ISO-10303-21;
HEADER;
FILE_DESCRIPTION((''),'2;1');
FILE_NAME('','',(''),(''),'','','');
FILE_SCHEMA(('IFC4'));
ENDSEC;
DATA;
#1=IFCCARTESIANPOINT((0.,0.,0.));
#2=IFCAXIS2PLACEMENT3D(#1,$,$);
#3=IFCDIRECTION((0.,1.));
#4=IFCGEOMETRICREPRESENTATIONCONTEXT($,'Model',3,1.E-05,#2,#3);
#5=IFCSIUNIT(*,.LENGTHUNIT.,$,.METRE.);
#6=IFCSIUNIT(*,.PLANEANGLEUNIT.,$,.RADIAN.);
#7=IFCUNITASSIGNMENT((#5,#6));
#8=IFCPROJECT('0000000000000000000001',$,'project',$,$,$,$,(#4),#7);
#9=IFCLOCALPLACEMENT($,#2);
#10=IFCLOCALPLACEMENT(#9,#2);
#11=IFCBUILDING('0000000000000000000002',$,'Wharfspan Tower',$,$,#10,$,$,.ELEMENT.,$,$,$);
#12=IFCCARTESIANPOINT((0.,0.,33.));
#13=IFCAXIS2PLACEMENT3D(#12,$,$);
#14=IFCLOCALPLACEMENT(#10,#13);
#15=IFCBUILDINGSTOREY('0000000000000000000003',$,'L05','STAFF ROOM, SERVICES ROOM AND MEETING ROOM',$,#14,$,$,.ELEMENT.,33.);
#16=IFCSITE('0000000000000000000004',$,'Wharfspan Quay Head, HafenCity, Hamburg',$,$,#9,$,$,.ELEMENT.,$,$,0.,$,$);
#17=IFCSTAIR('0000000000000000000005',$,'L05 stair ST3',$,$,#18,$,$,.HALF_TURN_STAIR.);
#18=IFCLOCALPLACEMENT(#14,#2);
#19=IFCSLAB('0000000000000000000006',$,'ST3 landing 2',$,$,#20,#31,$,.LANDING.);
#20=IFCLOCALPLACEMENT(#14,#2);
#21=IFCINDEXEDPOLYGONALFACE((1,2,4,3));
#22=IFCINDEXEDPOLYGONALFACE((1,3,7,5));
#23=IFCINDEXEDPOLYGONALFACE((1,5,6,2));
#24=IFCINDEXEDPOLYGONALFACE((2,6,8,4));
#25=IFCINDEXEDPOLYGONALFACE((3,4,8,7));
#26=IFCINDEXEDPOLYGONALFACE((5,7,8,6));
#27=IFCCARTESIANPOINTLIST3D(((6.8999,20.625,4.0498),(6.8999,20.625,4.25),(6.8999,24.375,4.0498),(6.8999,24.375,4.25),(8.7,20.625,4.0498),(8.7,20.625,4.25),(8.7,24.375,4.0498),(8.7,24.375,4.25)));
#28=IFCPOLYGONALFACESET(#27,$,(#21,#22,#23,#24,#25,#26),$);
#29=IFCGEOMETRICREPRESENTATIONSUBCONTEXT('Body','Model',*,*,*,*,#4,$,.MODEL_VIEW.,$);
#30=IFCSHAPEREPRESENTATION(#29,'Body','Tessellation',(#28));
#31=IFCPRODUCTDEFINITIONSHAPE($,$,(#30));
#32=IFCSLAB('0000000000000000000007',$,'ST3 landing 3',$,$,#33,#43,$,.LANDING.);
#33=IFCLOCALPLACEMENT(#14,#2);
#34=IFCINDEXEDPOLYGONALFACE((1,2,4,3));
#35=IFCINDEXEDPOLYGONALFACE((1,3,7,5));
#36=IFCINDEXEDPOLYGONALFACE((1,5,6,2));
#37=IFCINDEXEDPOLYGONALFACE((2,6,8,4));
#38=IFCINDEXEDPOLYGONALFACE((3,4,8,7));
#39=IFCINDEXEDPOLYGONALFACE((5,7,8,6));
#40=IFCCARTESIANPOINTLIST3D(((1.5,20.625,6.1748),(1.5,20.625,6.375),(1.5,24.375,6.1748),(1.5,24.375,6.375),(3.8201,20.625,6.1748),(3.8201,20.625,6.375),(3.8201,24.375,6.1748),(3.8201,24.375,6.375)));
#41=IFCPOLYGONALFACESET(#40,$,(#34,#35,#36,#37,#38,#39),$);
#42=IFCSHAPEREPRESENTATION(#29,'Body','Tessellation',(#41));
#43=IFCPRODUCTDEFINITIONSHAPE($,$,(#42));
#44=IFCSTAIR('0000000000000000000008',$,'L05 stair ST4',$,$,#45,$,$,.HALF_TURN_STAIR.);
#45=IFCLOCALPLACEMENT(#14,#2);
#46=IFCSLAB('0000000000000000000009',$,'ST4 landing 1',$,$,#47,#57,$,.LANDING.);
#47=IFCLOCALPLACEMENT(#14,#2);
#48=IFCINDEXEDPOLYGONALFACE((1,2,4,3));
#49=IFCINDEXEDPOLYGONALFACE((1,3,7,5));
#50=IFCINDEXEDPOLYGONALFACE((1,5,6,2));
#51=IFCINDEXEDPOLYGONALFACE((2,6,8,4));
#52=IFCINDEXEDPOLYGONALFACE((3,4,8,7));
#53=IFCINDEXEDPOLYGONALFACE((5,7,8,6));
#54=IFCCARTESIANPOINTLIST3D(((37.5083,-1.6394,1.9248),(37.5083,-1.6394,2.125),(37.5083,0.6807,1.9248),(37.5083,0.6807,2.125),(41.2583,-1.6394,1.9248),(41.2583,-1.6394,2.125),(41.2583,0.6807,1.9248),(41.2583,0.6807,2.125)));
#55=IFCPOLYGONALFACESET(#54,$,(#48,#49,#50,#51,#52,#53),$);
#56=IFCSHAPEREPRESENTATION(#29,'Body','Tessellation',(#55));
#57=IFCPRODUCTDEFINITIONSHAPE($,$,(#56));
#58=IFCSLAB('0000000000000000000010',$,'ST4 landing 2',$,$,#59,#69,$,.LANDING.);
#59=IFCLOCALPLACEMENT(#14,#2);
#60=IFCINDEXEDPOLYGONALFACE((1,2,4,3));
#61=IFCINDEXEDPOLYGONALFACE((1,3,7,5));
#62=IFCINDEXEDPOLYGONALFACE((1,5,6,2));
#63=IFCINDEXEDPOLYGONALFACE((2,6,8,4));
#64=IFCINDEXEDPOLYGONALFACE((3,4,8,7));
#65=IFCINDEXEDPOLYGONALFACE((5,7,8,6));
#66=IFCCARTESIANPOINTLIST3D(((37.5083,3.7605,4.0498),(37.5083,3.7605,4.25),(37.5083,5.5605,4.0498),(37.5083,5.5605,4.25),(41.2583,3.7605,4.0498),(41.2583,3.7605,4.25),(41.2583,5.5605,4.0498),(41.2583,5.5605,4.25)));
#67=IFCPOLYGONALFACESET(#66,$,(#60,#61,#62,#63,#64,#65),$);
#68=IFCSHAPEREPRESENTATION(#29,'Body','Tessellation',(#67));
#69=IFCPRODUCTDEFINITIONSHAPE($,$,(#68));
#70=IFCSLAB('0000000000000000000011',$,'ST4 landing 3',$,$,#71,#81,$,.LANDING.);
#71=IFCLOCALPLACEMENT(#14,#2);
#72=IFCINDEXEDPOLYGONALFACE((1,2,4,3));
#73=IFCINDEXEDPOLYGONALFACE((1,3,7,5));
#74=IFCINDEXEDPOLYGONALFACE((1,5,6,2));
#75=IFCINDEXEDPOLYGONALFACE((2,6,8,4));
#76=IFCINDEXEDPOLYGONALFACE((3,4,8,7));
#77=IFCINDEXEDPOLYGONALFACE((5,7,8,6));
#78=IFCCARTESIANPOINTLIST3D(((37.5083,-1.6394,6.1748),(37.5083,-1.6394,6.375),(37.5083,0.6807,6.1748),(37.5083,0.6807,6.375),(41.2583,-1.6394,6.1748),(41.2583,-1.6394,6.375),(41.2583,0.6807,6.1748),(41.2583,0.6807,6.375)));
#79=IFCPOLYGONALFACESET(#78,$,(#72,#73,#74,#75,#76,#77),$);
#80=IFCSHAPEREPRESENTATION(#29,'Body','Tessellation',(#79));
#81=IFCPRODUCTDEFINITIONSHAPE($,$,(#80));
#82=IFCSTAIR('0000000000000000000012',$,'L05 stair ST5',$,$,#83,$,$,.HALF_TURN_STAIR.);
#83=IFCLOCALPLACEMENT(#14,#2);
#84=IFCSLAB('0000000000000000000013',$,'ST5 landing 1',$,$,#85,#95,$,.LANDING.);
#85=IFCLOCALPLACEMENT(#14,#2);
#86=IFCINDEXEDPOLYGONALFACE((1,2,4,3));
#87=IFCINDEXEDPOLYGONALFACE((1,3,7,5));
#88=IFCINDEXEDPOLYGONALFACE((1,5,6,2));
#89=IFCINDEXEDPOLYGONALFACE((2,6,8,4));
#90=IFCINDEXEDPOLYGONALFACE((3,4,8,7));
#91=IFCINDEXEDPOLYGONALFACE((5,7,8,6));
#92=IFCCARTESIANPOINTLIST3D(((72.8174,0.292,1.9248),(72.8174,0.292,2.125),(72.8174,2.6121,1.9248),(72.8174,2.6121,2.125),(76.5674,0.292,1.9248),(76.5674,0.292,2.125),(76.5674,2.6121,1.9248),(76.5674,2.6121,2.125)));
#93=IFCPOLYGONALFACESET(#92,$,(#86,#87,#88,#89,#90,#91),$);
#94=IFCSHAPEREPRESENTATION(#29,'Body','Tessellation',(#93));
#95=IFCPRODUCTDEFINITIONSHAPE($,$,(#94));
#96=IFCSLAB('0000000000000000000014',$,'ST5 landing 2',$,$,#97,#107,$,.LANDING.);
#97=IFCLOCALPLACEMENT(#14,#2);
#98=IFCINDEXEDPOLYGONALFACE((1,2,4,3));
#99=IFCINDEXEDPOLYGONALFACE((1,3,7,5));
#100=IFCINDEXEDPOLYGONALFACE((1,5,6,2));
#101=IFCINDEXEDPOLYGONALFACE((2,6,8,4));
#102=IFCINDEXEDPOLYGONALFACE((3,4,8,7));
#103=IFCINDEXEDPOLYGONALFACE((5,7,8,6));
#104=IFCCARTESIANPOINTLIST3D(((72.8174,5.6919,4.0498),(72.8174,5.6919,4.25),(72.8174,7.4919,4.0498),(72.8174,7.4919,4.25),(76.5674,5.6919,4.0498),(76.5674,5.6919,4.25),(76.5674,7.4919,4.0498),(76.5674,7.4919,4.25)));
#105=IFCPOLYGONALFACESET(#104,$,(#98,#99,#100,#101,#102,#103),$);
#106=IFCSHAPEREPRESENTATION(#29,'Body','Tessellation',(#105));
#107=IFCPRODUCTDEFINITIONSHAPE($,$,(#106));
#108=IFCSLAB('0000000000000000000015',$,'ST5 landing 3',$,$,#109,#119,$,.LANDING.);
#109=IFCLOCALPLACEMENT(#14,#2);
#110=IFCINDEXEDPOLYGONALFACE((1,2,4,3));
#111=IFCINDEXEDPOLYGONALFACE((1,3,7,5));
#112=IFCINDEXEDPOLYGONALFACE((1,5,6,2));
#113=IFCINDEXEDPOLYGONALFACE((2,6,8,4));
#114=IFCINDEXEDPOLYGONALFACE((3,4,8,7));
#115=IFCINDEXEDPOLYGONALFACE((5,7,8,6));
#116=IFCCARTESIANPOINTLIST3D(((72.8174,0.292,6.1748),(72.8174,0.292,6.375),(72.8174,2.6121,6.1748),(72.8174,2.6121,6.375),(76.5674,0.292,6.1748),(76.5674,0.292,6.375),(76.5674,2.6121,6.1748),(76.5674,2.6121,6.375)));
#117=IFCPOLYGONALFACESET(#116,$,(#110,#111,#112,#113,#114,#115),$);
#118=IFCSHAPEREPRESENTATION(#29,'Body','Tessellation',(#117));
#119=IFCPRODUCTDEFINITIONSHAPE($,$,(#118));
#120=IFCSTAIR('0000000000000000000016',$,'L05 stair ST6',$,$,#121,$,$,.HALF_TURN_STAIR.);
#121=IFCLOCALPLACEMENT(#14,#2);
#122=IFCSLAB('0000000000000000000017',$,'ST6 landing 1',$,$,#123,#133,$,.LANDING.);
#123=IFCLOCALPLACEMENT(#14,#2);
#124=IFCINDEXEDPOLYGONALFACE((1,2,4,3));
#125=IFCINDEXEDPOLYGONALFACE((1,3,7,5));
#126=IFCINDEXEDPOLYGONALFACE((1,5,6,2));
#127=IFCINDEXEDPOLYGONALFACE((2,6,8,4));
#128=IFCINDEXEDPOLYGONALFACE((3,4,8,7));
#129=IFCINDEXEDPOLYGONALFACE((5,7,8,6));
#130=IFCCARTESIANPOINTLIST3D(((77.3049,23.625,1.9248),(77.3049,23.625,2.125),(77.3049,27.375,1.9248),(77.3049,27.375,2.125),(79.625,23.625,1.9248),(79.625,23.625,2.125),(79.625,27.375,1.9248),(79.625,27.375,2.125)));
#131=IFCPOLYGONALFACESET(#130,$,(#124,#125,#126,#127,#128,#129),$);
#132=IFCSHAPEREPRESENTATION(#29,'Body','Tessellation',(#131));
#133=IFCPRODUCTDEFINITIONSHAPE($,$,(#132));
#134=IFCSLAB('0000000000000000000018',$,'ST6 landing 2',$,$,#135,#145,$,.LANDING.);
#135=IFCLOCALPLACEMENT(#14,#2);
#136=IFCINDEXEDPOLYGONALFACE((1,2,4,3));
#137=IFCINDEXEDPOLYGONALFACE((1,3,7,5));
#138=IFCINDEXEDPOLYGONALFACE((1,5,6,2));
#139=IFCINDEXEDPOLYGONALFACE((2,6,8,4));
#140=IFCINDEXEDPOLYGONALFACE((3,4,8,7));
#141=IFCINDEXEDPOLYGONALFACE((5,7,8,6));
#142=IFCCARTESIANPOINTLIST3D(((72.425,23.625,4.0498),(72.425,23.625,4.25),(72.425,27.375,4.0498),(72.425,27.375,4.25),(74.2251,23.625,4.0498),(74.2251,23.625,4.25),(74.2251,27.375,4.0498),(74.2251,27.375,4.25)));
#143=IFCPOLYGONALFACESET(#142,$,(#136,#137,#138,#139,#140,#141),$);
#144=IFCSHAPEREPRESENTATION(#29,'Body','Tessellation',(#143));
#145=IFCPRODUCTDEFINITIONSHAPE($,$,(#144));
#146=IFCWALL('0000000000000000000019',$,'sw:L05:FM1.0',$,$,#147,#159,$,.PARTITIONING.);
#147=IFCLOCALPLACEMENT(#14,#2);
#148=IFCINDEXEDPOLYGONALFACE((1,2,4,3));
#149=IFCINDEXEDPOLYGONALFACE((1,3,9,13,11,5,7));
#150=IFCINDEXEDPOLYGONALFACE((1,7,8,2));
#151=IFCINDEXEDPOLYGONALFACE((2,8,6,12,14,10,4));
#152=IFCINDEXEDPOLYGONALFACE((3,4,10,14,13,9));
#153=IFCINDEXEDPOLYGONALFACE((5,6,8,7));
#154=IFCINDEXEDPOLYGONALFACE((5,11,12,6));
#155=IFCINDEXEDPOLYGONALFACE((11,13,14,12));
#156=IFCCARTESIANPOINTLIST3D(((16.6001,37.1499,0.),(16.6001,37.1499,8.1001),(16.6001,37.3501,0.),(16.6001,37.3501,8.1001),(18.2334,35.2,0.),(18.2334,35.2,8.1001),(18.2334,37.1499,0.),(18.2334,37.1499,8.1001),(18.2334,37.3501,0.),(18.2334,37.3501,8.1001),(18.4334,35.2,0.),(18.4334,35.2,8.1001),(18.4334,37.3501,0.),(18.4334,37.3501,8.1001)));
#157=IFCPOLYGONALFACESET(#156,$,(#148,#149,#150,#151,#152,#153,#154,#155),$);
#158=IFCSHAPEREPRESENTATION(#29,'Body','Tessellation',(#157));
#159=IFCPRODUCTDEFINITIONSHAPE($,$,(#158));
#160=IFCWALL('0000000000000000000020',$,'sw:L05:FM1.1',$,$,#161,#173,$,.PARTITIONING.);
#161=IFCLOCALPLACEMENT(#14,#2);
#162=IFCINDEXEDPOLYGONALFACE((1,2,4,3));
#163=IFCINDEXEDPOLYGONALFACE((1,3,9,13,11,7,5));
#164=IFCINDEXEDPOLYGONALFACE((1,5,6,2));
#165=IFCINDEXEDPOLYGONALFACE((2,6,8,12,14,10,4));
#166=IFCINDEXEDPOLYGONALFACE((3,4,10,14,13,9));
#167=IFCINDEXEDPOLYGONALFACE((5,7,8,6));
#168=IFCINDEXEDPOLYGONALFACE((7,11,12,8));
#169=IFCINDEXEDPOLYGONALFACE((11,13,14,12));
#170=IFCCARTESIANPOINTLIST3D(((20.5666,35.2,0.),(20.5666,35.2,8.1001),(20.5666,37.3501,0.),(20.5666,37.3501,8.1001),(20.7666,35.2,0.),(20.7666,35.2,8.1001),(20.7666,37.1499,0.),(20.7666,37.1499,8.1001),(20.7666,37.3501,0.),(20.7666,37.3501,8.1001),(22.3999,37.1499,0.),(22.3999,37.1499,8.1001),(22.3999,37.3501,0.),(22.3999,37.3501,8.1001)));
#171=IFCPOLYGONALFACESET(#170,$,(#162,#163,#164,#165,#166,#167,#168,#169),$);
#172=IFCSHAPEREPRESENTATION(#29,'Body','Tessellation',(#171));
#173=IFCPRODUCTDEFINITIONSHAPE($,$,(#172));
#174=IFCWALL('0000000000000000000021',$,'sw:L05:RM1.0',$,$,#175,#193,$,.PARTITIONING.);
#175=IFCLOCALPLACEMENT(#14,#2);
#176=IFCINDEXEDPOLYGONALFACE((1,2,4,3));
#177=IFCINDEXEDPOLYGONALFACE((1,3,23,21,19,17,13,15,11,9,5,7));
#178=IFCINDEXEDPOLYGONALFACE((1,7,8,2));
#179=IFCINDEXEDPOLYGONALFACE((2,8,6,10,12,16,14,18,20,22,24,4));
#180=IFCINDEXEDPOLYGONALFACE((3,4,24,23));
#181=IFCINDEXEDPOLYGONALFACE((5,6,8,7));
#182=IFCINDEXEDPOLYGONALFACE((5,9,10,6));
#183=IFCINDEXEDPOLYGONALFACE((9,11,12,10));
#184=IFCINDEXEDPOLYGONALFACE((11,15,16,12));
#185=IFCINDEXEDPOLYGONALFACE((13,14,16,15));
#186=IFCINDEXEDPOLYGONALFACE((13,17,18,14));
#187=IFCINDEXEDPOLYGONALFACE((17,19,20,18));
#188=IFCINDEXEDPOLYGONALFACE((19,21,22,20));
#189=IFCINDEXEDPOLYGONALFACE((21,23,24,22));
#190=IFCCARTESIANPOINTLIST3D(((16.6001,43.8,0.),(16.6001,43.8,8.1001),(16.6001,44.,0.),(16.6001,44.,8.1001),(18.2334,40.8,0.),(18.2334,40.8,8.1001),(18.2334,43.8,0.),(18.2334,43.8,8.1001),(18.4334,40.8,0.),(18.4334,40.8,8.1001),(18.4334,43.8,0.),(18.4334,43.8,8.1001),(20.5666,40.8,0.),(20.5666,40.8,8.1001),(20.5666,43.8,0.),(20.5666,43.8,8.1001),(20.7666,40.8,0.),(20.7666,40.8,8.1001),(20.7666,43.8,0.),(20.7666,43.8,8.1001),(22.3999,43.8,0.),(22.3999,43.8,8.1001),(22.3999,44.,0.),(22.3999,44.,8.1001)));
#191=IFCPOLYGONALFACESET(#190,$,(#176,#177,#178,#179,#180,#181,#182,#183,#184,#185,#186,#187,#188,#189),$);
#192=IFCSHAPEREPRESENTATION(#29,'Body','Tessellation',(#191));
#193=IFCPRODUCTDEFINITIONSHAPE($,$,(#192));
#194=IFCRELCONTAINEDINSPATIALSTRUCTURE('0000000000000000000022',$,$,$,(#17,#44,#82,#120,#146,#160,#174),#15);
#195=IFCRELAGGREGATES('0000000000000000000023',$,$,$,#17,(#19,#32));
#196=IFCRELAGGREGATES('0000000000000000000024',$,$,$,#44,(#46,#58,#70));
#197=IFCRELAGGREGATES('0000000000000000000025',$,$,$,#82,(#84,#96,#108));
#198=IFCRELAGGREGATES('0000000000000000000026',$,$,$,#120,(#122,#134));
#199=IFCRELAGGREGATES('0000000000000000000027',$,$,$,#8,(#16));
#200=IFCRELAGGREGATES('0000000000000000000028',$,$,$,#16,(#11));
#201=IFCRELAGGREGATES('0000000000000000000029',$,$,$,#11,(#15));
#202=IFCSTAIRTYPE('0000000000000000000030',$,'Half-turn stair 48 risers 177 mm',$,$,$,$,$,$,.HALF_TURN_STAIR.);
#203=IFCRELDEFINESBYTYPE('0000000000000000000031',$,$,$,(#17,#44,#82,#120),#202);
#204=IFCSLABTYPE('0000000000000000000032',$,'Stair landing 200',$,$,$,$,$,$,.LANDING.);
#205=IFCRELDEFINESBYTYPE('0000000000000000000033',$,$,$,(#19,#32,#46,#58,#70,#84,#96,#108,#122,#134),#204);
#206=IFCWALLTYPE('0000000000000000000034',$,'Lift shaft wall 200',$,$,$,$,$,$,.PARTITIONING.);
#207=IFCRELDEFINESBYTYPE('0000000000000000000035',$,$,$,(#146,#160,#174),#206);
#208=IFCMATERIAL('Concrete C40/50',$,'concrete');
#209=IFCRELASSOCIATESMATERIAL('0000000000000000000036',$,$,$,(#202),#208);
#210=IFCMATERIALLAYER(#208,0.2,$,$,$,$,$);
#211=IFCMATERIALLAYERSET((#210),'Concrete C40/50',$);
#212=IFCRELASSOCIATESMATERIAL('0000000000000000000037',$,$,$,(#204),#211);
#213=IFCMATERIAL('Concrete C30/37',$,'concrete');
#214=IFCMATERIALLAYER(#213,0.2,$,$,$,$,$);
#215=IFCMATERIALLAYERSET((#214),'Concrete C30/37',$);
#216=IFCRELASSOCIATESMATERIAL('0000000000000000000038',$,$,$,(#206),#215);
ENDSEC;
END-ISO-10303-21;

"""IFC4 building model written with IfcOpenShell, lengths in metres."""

from ifc_helpers import new_model, si_unit, direction, frame, origin, place, context, subcontext, project, spatial, polyline, outline, extrude, material, layer, layer_set, type_object, element, aggregate, save


model = new_model("IFC4")

# Units and contexts
model_context = context("Model", 3, precision=1e-05, world=origin(), true_north=direction((0.0, 1.0)))
body_context = subcontext(model_context, "Body", "Model", "MODEL_VIEW")
ifc_project = project(units=[si_unit("LENGTHUNIT", "METRE"), si_unit("PLANEANGLEUNIT", "RADIAN")], contexts=[model_context])

# Site, building, storey
site_placement = place(None, origin())
site = spatial("IfcSite", under=ifc_project, at=site_placement, Name="Wharfspan Quay Head, HafenCity, Hamburg", CompositionType="ELEMENT", RefElevation=0.0)
building_placement = place(site_placement, origin())
building = spatial("IfcBuilding", under=site, at=building_placement, Name="Wharfspan Tower", CompositionType="ELEMENT")
storey_placement = place(building_placement, frame((0.0, 0.0, 33.0)))
storey = spatial("IfcBuildingStorey", under=building, at=storey_placement, Name="L05", Description="STAFF ROOM, SERVICES ROOM AND MEETING ROOM", CompositionType="ELEMENT", Elevation=33.0)

# Stairs, slabs
ifc_material_1 = material(Name="Concrete C40/50", Category="concrete")
stair_type = type_object("IfcStairType", Name="Half-turn stair 48 risers 177 mm", PredefinedType="HALF_TURN_STAIR", material=ifc_material_1)
ifc_layer_1 = layer(ifc_material_1, 0.2)
ifc_layer_set_1 = layer_set([ifc_layer_1], Name="Concrete C40/50")
slab_type_1 = type_object("IfcSlabType", Name="Stair landing 200", PredefinedType="LANDING", material=ifc_layer_set_1)
stair_1_placement = place(storey_placement, origin())
stair_1 = element("IfcStair", 1, at=stair_1_placement, inside=storey, type_object=stair_type, Name="L05 stair ST3", PredefinedType="HALF_TURN_STAIR")
slab_1_placement = place(storey_placement, frame((0.0, 0.0, 4.0498)))
slab_1 = element("IfcSlab", 2, at=slab_1_placement, type_object=slab_type_1, Name="ST3 landing 2", PredefinedType="LANDING", context=body_context, shape_type="SweptSolid", body=[
    extrude(outline(polyline([(8.7, 24.375), (6.8999, 24.375), (6.8999, 20.625), (8.7, 20.625), (8.7, 24.375)])), origin(), (0.0, 0.0, 1.0), 0.2002),
])
slab_2_placement = place(storey_placement, frame((0.0, 0.0, 6.1748)))
slab_2 = element("IfcSlab", 3, at=slab_2_placement, type_object=slab_type_1, Name="ST3 landing 3", PredefinedType="LANDING", context=body_context, shape_type="SweptSolid", body=[
    extrude(outline(polyline([(3.8201, 24.375), (1.5, 24.375), (1.5, 20.625), (3.8201, 20.625), (3.8201, 24.375)])), origin(), (0.0, 0.0, 1.0), 0.2002),
])
aggregate(stair_1, [slab_1, slab_2])
stair_2_placement = place(storey_placement, origin())
stair_2 = element("IfcStair", 4, at=stair_2_placement, inside=storey, type_object=stair_type, Name="L05 stair ST4", PredefinedType="HALF_TURN_STAIR")
slab_3_placement = place(storey_placement, frame((0.0, 0.0, 1.9248)))
slab_3 = element("IfcSlab", 5, at=slab_3_placement, type_object=slab_type_1, Name="ST4 landing 1", PredefinedType="LANDING", context=body_context, shape_type="SweptSolid", body=[
    extrude(outline(polyline([(37.5083, 0.6807), (37.5083, -1.6394), (41.2583, -1.6394), (41.2583, 0.6807), (37.5083, 0.6807)])), origin(), (0.0, 0.0, 1.0), 0.2002),
])
slab_4_placement = place(storey_placement, frame((0.0, 0.0, 4.0498)))
slab_4 = element("IfcSlab", 6, at=slab_4_placement, type_object=slab_type_1, Name="ST4 landing 2", PredefinedType="LANDING", context=body_context, shape_type="SweptSolid", body=[
    extrude(outline(polyline([(37.5083, 5.5605), (37.5083, 3.7605), (41.2583, 3.7605), (41.2583, 5.5605), (37.5083, 5.5605)])), origin(), (0.0, 0.0, 1.0), 0.2002),
])
slab_5_placement = place(storey_placement, frame((0.0, 0.0, 6.1748)))
slab_5 = element("IfcSlab", 7, at=slab_5_placement, type_object=slab_type_1, Name="ST4 landing 3", PredefinedType="LANDING", context=body_context, shape_type="SweptSolid", body=[
    extrude(outline(polyline([(37.5083, 0.6807), (37.5083, -1.6394), (41.2583, -1.6394), (41.2583, 0.6807), (37.5083, 0.6807)])), origin(), (0.0, 0.0, 1.0), 0.2002),
])
aggregate(stair_2, [slab_3, slab_4, slab_5])
stair_3_placement = place(storey_placement, origin())
stair_3 = element("IfcStair", 8, at=stair_3_placement, inside=storey, type_object=stair_type, Name="L05 stair ST5", PredefinedType="HALF_TURN_STAIR")
slab_6_placement = place(storey_placement, frame((0.0, 0.0, 1.9248)))
slab_6 = element("IfcSlab", 9, at=slab_6_placement, type_object=slab_type_1, Name="ST5 landing 1", PredefinedType="LANDING", context=body_context, shape_type="SweptSolid", body=[
    extrude(outline(polyline([(72.8174, 2.6121), (72.8174, 0.292), (76.5674, 0.292), (76.5674, 2.6121), (72.8174, 2.6121)])), origin(), (0.0, 0.0, 1.0), 0.2002),
])
slab_7_placement = place(storey_placement, frame((0.0, 0.0, 4.0498)))
slab_7 = element("IfcSlab", 10, at=slab_7_placement, type_object=slab_type_1, Name="ST5 landing 2", PredefinedType="LANDING", context=body_context, shape_type="SweptSolid", body=[
    extrude(outline(polyline([(72.8174, 7.4919), (72.8174, 5.6919), (76.5674, 5.6919), (76.5674, 7.4919), (72.8174, 7.4919)])), origin(), (0.0, 0.0, 1.0), 0.2002),
])
slab_8_placement = place(storey_placement, frame((0.0, 0.0, 6.1748)))
slab_8 = element("IfcSlab", 11, at=slab_8_placement, type_object=slab_type_1, Name="ST5 landing 3", PredefinedType="LANDING", context=body_context, shape_type="SweptSolid", body=[
    extrude(outline(polyline([(72.8174, 2.6121), (72.8174, 0.292), (76.5674, 0.292), (76.5674, 2.6121), (72.8174, 2.6121)])), origin(), (0.0, 0.0, 1.0), 0.2002),
])
aggregate(stair_3, [slab_6, slab_7, slab_8])
stair_4_placement = place(storey_placement, origin())
stair_4 = element("IfcStair", 12, at=stair_4_placement, inside=storey, type_object=stair_type, Name="L05 stair ST6", PredefinedType="HALF_TURN_STAIR")
slab_9_placement = place(storey_placement, frame((0.0, 0.0, 1.9248)))
slab_9 = element("IfcSlab", 13, at=slab_9_placement, type_object=slab_type_1, Name="ST6 landing 1", PredefinedType="LANDING", context=body_context, shape_type="SweptSolid", body=[
    extrude(outline(polyline([(77.3049, 23.625), (79.625, 23.625), (79.625, 27.375), (77.3049, 27.375), (77.3049, 23.625)])), origin(), (0.0, 0.0, 1.0), 0.2002),
])
slab_10_placement = place(storey_placement, frame((0.0, 0.0, 4.0498)))
slab_10 = element("IfcSlab", 14, at=slab_10_placement, type_object=slab_type_1, Name="ST6 landing 2", PredefinedType="LANDING", context=body_context, shape_type="SweptSolid", body=[
    extrude(outline(polyline([(72.425, 23.625), (74.2251, 23.625), (74.2251, 27.375), (72.425, 27.375), (72.425, 23.625)])), origin(), (0.0, 0.0, 1.0), 0.2002),
])
aggregate(stair_4, [slab_9, slab_10])

# Walls
ifc_material_2 = material(Name="Concrete C30/37", Category="concrete")
ifc_layer_2 = layer(ifc_material_2, 0.2)
ifc_layer_set_2 = layer_set([ifc_layer_2], Name="Concrete C30/37")
wall_type = type_object("IfcWallType", Name="Lift shaft wall 200", PredefinedType="PARTITIONING", material=ifc_layer_set_2)
wall_1_placement = place(storey_placement, origin())
element("IfcWall", 15, at=wall_1_placement, inside=storey, type_object=wall_type, Name="sw:L05:FM1.0", PredefinedType="PARTITIONING", context=body_context, shape_type="SweptSolid", body=[
    extrude(outline(polyline([(18.2334, 37.1499), (16.6001, 37.1499), (16.6001, 37.3501), (18.2334, 37.3501), (18.4334, 37.3501), (18.4334, 35.2), (18.2334, 35.2), (18.2334, 37.1499)])), origin(), (0.0, 0.0, 1.0), 8.1001),
])
wall_2_placement = place(storey_placement, origin())
element("IfcWall", 16, at=wall_2_placement, inside=storey, type_object=wall_type, Name="sw:L05:FM1.1", PredefinedType="PARTITIONING", context=body_context, shape_type="SweptSolid", body=[
    extrude(outline(polyline([(20.5666, 37.3501), (20.7666, 37.3501), (22.3999, 37.3501), (22.3999, 37.1499), (20.7666, 37.1499), (20.7666, 35.2), (20.5666, 35.2), (20.5666, 37.3501)])), origin(), (0.0, 0.0, 1.0), 8.1001),
])
wall_3_placement = place(storey_placement, origin())
element("IfcWall", 17, at=wall_3_placement, inside=storey, type_object=wall_type, Name="sw:L05:RM1.0", PredefinedType="PARTITIONING", context=body_context, shape_type="SweptSolid", body=[
    extrude(outline(polyline([(18.4334, 40.8), (18.2334, 40.8), (18.2334, 43.8), (16.6001, 43.8), (16.6001, 44.0), (22.3999, 44.0), (22.3999, 43.8), (20.7666, 43.8), (20.7666, 40.8), (20.5666, 40.8), (20.5666, 43.8), (18.4334, 43.8), (18.4334, 40.8)])), origin(), (0.0, 0.0, 1.0), 8.1001),
])

save(model, "model.ifc")
